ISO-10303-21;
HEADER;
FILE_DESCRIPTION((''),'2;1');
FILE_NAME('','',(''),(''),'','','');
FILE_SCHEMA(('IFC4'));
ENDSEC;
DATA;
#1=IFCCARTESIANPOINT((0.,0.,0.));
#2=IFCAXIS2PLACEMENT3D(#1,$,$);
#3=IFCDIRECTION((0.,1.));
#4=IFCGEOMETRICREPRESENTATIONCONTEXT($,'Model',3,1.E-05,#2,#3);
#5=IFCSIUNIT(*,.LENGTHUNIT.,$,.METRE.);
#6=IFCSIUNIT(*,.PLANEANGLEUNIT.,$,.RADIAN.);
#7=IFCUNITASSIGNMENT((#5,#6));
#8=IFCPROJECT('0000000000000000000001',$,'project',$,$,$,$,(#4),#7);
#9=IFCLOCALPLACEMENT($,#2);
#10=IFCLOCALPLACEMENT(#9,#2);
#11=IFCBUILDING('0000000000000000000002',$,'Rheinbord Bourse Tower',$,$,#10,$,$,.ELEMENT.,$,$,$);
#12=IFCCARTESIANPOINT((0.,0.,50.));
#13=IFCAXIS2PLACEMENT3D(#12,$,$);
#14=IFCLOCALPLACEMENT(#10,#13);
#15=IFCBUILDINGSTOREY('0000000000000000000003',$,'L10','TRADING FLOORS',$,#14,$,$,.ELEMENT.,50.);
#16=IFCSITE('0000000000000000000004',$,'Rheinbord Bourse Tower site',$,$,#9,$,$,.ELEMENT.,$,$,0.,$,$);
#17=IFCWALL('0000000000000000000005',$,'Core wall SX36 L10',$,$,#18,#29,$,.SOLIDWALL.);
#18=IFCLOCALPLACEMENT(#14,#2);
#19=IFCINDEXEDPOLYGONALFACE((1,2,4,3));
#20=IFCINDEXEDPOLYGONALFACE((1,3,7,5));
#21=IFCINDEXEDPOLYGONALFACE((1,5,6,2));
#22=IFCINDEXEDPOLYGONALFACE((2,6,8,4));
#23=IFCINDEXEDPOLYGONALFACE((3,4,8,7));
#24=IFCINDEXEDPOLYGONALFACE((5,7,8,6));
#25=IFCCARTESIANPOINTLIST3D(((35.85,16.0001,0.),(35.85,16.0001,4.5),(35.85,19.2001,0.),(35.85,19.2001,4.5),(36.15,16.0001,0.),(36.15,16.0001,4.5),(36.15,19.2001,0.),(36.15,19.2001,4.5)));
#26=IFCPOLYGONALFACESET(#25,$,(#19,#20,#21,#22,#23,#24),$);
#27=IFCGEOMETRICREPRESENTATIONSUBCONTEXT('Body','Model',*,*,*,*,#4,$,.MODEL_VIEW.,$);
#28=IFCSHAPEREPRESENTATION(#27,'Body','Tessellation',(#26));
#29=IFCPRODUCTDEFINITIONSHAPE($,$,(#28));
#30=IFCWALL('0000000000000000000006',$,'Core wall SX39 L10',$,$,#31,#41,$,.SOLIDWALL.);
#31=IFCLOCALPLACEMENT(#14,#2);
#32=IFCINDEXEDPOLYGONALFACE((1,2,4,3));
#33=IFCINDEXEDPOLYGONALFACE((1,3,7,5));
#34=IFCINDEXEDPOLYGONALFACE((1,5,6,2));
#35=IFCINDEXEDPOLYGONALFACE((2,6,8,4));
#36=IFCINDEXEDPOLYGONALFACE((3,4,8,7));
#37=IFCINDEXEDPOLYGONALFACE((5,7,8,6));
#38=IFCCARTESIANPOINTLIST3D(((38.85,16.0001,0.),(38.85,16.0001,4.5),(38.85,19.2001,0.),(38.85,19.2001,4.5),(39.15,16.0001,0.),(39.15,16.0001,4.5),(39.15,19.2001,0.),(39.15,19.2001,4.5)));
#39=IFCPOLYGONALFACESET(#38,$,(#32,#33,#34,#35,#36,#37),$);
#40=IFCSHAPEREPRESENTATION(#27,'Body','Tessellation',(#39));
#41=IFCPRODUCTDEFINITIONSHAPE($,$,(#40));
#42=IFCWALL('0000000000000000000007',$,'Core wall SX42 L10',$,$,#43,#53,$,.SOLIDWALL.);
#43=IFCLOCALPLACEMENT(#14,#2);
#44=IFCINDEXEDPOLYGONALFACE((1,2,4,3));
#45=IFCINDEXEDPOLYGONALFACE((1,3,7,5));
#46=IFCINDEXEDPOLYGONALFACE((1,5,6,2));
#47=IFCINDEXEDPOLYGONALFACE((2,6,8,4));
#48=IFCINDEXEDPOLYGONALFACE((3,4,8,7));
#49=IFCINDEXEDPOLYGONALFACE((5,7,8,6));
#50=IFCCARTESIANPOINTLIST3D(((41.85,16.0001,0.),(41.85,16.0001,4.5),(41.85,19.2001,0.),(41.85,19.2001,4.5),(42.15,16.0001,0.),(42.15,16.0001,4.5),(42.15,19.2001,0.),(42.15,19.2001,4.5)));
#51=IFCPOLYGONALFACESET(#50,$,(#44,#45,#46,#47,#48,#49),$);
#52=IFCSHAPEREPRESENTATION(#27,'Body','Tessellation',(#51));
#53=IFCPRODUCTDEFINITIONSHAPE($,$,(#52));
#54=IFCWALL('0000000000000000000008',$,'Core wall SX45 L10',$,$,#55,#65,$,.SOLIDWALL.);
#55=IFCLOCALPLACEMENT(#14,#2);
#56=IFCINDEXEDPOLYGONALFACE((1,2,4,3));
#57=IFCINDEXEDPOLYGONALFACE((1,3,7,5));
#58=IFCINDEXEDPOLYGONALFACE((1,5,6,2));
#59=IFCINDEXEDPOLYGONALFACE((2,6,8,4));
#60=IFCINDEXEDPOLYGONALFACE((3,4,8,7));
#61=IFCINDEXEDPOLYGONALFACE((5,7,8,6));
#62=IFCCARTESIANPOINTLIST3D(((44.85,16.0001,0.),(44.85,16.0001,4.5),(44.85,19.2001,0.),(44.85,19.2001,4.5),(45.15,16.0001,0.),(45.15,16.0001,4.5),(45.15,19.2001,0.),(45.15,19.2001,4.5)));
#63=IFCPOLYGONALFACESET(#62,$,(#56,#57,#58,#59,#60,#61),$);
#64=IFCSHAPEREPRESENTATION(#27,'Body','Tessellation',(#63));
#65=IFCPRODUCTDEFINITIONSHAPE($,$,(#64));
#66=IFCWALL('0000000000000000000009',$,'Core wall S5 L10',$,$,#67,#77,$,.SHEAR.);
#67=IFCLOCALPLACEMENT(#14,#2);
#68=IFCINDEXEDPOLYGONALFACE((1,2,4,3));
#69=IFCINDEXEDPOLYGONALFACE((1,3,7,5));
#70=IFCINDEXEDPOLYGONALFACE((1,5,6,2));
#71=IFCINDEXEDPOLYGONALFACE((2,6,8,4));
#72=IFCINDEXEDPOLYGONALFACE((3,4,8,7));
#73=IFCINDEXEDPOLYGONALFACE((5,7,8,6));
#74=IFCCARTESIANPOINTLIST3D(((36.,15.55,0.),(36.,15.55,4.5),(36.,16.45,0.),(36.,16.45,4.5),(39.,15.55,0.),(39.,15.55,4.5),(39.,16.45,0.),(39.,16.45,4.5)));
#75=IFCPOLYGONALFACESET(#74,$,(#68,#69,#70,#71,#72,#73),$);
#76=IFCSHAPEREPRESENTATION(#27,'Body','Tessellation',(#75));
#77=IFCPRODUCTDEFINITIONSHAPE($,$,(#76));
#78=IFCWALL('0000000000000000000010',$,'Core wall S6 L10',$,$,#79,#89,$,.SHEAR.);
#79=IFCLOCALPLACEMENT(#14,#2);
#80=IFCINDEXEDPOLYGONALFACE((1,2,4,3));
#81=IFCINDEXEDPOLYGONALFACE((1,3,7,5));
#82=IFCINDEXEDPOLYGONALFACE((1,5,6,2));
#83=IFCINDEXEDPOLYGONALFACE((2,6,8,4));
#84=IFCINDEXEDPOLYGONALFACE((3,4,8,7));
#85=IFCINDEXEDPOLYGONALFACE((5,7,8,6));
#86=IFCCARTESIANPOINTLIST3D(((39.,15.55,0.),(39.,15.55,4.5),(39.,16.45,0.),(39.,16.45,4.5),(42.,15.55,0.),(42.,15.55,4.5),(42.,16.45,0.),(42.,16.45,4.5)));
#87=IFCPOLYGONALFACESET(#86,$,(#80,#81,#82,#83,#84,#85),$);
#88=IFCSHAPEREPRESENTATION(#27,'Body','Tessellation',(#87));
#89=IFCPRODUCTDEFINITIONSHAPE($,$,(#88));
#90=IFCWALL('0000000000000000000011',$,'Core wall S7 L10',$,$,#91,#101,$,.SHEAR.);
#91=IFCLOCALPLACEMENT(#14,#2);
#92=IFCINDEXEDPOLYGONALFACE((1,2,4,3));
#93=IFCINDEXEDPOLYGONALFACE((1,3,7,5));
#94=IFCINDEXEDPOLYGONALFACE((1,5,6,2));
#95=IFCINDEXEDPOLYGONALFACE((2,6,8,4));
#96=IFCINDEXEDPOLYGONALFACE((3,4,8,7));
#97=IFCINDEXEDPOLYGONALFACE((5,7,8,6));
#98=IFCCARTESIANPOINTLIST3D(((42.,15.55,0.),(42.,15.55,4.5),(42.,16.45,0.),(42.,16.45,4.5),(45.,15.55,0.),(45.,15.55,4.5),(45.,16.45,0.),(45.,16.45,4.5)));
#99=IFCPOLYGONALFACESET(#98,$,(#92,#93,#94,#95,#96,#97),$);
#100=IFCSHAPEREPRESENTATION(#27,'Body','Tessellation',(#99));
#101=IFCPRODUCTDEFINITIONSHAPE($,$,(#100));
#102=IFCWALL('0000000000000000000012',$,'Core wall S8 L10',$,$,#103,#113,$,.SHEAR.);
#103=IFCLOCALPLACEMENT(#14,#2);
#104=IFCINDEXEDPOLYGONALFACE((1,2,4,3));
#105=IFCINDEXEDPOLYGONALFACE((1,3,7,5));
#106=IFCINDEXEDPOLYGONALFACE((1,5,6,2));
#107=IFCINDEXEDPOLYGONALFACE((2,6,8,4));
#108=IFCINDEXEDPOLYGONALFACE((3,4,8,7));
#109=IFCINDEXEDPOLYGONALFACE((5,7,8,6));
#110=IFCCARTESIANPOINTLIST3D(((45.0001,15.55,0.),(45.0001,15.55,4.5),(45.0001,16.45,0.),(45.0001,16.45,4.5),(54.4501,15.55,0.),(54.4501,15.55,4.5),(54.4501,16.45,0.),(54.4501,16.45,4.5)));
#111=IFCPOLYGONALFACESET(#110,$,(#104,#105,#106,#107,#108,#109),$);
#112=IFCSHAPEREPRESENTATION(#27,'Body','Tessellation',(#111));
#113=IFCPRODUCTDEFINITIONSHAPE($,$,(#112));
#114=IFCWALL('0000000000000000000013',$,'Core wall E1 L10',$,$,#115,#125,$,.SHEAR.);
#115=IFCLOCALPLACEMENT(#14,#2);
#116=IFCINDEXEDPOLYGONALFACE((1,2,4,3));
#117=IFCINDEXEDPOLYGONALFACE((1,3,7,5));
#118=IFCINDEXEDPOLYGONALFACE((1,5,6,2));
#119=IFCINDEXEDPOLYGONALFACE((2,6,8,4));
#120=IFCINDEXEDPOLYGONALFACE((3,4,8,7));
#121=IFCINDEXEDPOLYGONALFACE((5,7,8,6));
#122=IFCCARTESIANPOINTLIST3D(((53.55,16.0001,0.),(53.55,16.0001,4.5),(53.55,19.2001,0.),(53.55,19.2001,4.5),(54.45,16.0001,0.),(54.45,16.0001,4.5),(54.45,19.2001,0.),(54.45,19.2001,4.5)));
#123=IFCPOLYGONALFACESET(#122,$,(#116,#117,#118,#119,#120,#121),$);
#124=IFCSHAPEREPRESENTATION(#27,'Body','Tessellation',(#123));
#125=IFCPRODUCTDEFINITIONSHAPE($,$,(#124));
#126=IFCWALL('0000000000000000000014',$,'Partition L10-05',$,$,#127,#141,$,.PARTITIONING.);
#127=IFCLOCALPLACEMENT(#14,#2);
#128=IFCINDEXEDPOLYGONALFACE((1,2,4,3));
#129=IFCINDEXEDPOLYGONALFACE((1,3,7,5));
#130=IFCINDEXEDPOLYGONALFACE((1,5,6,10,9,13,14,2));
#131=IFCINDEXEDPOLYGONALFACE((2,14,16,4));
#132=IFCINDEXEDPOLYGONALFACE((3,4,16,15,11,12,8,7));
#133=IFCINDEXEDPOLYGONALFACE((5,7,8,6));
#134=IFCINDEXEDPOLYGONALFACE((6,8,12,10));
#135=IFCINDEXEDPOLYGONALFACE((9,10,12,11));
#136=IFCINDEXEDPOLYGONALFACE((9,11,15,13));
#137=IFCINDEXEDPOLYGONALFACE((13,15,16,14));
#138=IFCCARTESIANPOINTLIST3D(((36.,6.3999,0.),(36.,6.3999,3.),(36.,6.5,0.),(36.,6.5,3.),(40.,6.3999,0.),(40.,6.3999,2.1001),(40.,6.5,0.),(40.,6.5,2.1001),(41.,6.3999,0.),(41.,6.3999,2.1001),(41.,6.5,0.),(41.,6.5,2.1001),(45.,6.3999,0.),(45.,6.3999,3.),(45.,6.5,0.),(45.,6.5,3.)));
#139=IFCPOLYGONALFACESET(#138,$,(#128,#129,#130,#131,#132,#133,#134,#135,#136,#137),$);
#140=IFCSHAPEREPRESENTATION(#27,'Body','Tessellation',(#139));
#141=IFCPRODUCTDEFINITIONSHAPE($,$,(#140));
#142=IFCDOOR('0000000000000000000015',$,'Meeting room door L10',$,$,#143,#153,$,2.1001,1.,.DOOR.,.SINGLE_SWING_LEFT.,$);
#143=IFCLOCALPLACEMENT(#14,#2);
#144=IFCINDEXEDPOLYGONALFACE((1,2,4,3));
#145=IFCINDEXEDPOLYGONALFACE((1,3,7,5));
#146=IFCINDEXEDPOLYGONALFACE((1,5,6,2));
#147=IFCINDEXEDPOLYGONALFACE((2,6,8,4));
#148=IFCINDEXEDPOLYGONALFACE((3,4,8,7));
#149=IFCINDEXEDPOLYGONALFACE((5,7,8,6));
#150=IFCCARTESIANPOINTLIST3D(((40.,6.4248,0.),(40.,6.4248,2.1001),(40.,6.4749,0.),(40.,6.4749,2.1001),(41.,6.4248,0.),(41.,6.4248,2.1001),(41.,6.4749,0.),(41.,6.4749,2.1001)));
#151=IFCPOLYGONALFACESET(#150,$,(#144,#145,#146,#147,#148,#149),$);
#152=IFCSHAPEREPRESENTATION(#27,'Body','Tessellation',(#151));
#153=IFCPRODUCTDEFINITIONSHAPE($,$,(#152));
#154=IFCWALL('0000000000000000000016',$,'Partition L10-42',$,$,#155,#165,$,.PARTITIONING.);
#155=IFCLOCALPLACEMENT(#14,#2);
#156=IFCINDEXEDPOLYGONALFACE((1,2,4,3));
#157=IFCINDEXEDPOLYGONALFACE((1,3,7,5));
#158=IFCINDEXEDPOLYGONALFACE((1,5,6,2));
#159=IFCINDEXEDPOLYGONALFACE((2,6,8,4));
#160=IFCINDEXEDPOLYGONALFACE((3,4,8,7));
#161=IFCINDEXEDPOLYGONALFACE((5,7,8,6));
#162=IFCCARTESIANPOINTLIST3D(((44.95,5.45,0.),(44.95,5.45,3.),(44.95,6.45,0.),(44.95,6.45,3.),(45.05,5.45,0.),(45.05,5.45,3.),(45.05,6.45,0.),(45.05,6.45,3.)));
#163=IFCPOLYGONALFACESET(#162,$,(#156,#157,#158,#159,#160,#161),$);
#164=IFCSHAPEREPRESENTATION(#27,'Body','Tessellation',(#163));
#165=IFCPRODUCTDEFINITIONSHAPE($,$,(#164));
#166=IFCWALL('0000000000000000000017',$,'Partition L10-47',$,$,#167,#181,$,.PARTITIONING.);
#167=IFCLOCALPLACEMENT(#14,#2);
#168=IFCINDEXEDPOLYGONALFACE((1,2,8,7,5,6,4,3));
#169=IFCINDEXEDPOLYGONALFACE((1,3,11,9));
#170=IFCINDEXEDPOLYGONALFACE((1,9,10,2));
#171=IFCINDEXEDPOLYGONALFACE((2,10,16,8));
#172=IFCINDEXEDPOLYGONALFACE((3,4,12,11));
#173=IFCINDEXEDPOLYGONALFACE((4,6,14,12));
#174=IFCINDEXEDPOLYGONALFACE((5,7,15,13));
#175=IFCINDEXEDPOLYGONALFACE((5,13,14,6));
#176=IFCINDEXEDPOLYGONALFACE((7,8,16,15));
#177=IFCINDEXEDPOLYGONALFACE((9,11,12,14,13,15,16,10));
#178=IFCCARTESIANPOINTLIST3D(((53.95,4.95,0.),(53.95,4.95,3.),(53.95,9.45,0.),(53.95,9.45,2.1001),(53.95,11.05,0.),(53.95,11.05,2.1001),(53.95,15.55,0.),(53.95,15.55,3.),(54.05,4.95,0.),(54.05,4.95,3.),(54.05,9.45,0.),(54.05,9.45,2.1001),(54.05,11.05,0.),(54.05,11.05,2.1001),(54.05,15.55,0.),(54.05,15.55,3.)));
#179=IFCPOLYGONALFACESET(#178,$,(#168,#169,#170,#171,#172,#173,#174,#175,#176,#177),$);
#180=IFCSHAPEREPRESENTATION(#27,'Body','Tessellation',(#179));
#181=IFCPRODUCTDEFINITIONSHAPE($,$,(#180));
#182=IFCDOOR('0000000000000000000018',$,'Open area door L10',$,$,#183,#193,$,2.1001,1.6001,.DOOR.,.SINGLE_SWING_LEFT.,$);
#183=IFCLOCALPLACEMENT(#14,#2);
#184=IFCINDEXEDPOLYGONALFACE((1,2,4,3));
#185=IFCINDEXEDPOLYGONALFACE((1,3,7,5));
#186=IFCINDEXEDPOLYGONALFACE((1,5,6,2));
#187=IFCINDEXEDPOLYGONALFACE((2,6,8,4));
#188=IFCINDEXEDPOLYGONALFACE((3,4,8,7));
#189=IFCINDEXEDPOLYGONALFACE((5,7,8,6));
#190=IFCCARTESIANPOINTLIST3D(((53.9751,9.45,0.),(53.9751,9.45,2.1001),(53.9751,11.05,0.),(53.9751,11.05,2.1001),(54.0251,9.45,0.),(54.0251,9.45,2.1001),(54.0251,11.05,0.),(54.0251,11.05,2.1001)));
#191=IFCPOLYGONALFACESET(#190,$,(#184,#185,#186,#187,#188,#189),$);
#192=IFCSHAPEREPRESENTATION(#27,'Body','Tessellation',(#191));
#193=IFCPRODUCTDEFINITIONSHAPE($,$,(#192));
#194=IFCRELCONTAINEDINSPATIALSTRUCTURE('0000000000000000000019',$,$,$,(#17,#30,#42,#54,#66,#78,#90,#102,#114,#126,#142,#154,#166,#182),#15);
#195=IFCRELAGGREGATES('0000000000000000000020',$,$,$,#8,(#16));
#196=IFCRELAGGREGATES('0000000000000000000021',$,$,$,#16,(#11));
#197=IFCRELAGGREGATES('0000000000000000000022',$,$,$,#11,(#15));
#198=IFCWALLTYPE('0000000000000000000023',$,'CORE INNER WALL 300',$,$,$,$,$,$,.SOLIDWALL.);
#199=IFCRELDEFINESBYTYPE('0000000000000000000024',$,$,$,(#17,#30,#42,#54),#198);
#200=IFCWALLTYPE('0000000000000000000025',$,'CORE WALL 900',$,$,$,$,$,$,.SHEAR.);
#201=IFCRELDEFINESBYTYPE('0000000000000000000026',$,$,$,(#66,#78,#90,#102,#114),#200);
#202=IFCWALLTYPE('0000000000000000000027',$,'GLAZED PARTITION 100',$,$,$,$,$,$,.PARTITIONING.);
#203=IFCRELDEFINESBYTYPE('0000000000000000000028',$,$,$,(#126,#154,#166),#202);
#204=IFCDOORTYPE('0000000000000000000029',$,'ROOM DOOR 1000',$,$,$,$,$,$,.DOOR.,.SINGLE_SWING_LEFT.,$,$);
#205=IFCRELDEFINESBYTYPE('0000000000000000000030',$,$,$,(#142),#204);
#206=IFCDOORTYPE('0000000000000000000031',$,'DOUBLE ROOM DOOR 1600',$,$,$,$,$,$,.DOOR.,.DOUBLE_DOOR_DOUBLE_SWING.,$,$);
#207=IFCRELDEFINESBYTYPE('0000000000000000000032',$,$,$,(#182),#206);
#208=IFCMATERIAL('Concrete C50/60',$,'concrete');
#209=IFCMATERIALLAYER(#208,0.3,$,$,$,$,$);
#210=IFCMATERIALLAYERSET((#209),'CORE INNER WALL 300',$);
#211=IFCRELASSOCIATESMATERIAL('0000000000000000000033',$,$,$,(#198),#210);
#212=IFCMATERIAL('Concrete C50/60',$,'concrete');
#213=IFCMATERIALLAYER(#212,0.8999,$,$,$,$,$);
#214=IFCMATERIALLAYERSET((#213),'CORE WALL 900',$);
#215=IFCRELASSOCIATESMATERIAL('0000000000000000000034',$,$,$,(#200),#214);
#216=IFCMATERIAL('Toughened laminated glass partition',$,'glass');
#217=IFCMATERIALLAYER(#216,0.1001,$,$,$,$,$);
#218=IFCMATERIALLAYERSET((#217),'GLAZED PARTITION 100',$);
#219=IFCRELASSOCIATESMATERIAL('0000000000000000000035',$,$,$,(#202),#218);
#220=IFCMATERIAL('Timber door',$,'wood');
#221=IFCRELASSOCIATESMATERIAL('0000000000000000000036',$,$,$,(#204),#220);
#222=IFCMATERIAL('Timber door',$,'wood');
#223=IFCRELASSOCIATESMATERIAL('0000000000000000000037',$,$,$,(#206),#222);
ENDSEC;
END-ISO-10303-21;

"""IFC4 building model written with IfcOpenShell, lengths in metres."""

from ifc_helpers import new_model, si_unit, direction, frame, frame_2d, origin, place, context, subcontext, project, spatial, rectangle, extrude, material, layer, layer_set, type_object, element, fill, save


model = new_model("IFC4")

# Units and contexts
model_context = context("Model", 3, precision=1e-05, world=origin(), true_north=direction((0.0, 1.0)))
body_context = subcontext(model_context, "Body", "Model", "MODEL_VIEW")
ifc_project = project(units=[si_unit("LENGTHUNIT", "METRE"), si_unit("PLANEANGLEUNIT", "RADIAN")], contexts=[model_context])

# Site, building, storey
site_placement = place(None, origin())
site = spatial("IfcSite", under=ifc_project, at=site_placement, Name="Rheinbord Bourse Tower site", CompositionType="ELEMENT", RefElevation=0.0)
building_placement = place(site_placement, origin())
building = spatial("IfcBuilding", under=site, at=building_placement, Name="Rheinbord Bourse Tower", CompositionType="ELEMENT")
storey_placement = place(building_placement, frame((0.0, 0.0, 50.0)))
storey = spatial("IfcBuildingStorey", under=building, at=storey_placement, Name="L10", Description="TRADING FLOORS", CompositionType="ELEMENT", Elevation=50.0)

# Walls
ifc_material_1 = material(Name="Concrete C50/60", Category="concrete")
ifc_layer_1 = layer(ifc_material_1, 0.3)
ifc_layer_set_1 = layer_set([ifc_layer_1], Name="CORE INNER WALL 300")
wall_type_1 = type_object("IfcWallType", Name="CORE INNER WALL 300", PredefinedType="SOLIDWALL", material=ifc_layer_set_1)
for number, where, z_axis, x_axis, name in (
    (1, (36.0, 16.0, 0.0), (0.0, 0.0, 1.0), (0.0, 1.0, 0.0), "Core wall SX36 L10"),
    (2, (39.0, 16.0, 0.0), (0.0, 0.0, 1.0), (0.0, 1.0, 0.0), "Core wall SX39 L10"),
    (3, (42.0, 16.0, 0.0), (0.0, 0.0, 1.0), (0.0, 1.0, 0.0), "Core wall SX42 L10"),
    (4, (45.0, 16.0, 0.0), (0.0, 0.0, 1.0), (0.0, 1.0, 0.0), "Core wall SX45 L10"),
):
    element("IfcWall", number, at=place(storey_placement, frame(where, z_axis=z_axis, x_axis=x_axis)), inside=storey, type_object=wall_type_1, Name=name, PredefinedType="SOLIDWALL", context=body_context, shape_type="SweptSolid", body=[
        extrude(rectangle(XDim=3.2, YDim=0.3, at=frame_2d((1.6001, 0.0))), origin(), (0.0, 0.0, 1.0), 4.5),
    ])
ifc_material_2 = material(Name="Concrete C50/60", Category="concrete")
ifc_layer_2 = layer(ifc_material_2, 0.8999)
ifc_layer_set_2 = layer_set([ifc_layer_2], Name="CORE WALL 900")
wall_type_2 = type_object("IfcWallType", Name="CORE WALL 900", PredefinedType="SHEAR", material=ifc_layer_set_2)
for number, where, z_axis, x_axis, name in (
    (5, (36.0, 16.0, 0.0), (0.0, 0.0, 1.0), (1.0, 0.0, 0.0), "Core wall S5 L10"),
    (6, (39.0, 16.0, 0.0), (0.0, 0.0, 1.0), (1.0, 0.0, 0.0), "Core wall S6 L10"),
    (7, (42.0, 16.0, 0.0), (0.0, 0.0, 1.0), (1.0, 0.0, 0.0), "Core wall S7 L10"),
):
    element("IfcWall", number, at=place(storey_placement, frame(where, z_axis=z_axis, x_axis=x_axis)), inside=storey, type_object=wall_type_2, Name=name, PredefinedType="SHEAR", context=body_context, shape_type="SweptSolid", body=[
        extrude(rectangle(XDim=3.0, YDim=0.8999, at=frame_2d((1.5, 0.0))), origin(), (0.0, 0.0, 1.0), 4.5),
    ])
wall_1_placement = place(storey_placement, frame((45.0, 16.0, 0.0), z_axis=(0.0, 0.0, 1.0), x_axis=(1.0, 0.0, 0.0)))
element("IfcWall", 8, at=wall_1_placement, inside=storey, type_object=wall_type_2, Name="Core wall S8 L10", PredefinedType="SHEAR", context=body_context, shape_type="SweptSolid", body=[
    extrude(rectangle(XDim=9.45, YDim=0.8999, at=frame_2d((4.7251, 0.0))), origin(), (0.0, 0.0, 1.0), 4.5),
])
wall_2_placement = place(storey_placement, frame((54.0, 16.0, 0.0), z_axis=(0.0, 0.0, 1.0), x_axis=(0.0, 1.0, 0.0)))
element("IfcWall", 9, at=wall_2_placement, inside=storey, type_object=wall_type_2, Name="Core wall E1 L10", PredefinedType="SHEAR", context=body_context, shape_type="SweptSolid", body=[
    extrude(rectangle(XDim=3.2, YDim=0.8999, at=frame_2d((1.6001, 0.0))), origin(), (0.0, 0.0, 1.0), 4.5),
])

# Wall, opening, door
ifc_material_3 = material(Name="Toughened laminated glass partition", Category="glass")
ifc_layer_3 = layer(ifc_material_3, 0.1001)
ifc_layer_set_3 = layer_set([ifc_layer_3], Name="GLAZED PARTITION 100")
wall_type_3 = type_object("IfcWallType", Name="GLAZED PARTITION 100", PredefinedType="PARTITIONING", material=ifc_layer_set_3)
wall_3_placement = place(storey_placement, frame((36.0, 6.45, 0.0), z_axis=(0.0, 0.0, 1.0), x_axis=(1.0, 0.0, 0.0)))
wall_3 = element("IfcWall", 10, at=wall_3_placement, inside=storey, type_object=wall_type_3, Name="Partition L10-05", PredefinedType="PARTITIONING", context=body_context, shape_type="SweptSolid", body=[
    extrude(rectangle(XDim=9.0, YDim=0.1001, at=frame_2d((4.5, 0.0))), origin(), (0.0, 0.0, 1.0), 3.0),
])
opening_1_placement = place(wall_3_placement, frame((4.0, 0.0, 0.0)))
opening_1 = element("IfcOpeningElement", 11, at=opening_1_placement, cuts=wall_3, PredefinedType="OPENING", context=body_context, shape_type="SweptSolid", body=[
    extrude(rectangle(XDim=1.0, YDim=2.1001, at=frame_2d((0.5, 1.05))), frame((0.0, 0.0601, 0.0), z_axis=(0.0, -1.0, 0.0), x_axis=(1.0, 0.0, 0.0)), (0.0, 0.0, 1.0), 0.1201),
])
ifc_material_4 = material(Name="Timber door", Category="wood")
door_type_1 = type_object("IfcDoorType", Name="ROOM DOOR 1000", OperationType="SINGLE_SWING_LEFT", PredefinedType="DOOR", material=ifc_material_4)
door_1_placement = place(opening_1_placement, origin())
door_1 = element("IfcDoor", 12, at=door_1_placement, inside=storey, type_object=door_type_1, Name="Meeting room door L10", OperationType="SINGLE_SWING_LEFT", OverallHeight=2.1001, OverallWidth=1.0, PredefinedType="DOOR", context=body_context, shape_type="SweptSolid", body=[
    extrude(rectangle(XDim=1.0, YDim=2.1001, at=frame_2d((0.5, 1.05))), frame((0.0, 0.0249, 0.0), z_axis=(0.0, -1.0, 0.0), x_axis=(1.0, 0.0, 0.0)), (0.0, 0.0, 1.0), 0.05),
])
fill(opening_1, door_1)

# Wall
wall_4_placement = place(storey_placement, frame((45.0, 5.45, 0.0), z_axis=(0.0, 0.0, 1.0), x_axis=(0.0, 1.0, 0.0)))
element("IfcWall", 13, at=wall_4_placement, inside=storey, type_object=wall_type_3, Name="Partition L10-42", PredefinedType="PARTITIONING", context=body_context, shape_type="SweptSolid", body=[
    extrude(rectangle(XDim=1.0, YDim=0.1001, at=frame_2d((0.5, 0.0))), origin(), (0.0, 0.0, 1.0), 3.0),
])

# Wall, opening, door
wall_5_placement = place(storey_placement, frame((54.0, 4.95, 0.0), z_axis=(0.0, 0.0, 1.0), x_axis=(0.0, 1.0, 0.0)))
wall_5 = element("IfcWall", 14, at=wall_5_placement, inside=storey, type_object=wall_type_3, Name="Partition L10-47", PredefinedType="PARTITIONING", context=body_context, shape_type="SweptSolid", body=[
    extrude(rectangle(XDim=10.6001, YDim=0.1001, at=frame_2d((5.3, 0.0))), origin(), (0.0, 0.0, 1.0), 3.0),
])
opening_2_placement = place(wall_5_placement, frame((4.5, 0.0, 0.0)))
opening_2 = element("IfcOpeningElement", 15, at=opening_2_placement, cuts=wall_5, PredefinedType="OPENING", context=body_context, shape_type="SweptSolid", body=[
    extrude(rectangle(XDim=1.6001, YDim=2.1001, at=frame_2d((0.8, 1.05))), frame((0.0, 0.0601, 0.0), z_axis=(0.0, -1.0, 0.0), x_axis=(1.0, 0.0, 0.0)), (0.0, 0.0, 1.0), 0.1201),
])
ifc_material_5 = material(Name="Timber door", Category="wood")
door_type_2 = type_object("IfcDoorType", Name="DOUBLE ROOM DOOR 1600", OperationType="DOUBLE_DOOR_DOUBLE_SWING", PredefinedType="DOOR", material=ifc_material_5)
door_2_placement = place(opening_2_placement, origin())
door_2 = element("IfcDoor", 16, at=door_2_placement, inside=storey, type_object=door_type_2, Name="Open area door L10", OperationType="SINGLE_SWING_LEFT", OverallHeight=2.1001, OverallWidth=1.6001, PredefinedType="DOOR", context=body_context, shape_type="SweptSolid", body=[
    extrude(rectangle(XDim=1.6001, YDim=2.1001, at=frame_2d((0.8, 1.05))), frame((0.0, 0.0249, 0.0), z_axis=(0.0, -1.0, 0.0), x_axis=(1.0, 0.0, 0.0)), (0.0, 0.0, 1.0), 0.05),
])
fill(opening_2, door_2)

save(model, "model.ifc")
